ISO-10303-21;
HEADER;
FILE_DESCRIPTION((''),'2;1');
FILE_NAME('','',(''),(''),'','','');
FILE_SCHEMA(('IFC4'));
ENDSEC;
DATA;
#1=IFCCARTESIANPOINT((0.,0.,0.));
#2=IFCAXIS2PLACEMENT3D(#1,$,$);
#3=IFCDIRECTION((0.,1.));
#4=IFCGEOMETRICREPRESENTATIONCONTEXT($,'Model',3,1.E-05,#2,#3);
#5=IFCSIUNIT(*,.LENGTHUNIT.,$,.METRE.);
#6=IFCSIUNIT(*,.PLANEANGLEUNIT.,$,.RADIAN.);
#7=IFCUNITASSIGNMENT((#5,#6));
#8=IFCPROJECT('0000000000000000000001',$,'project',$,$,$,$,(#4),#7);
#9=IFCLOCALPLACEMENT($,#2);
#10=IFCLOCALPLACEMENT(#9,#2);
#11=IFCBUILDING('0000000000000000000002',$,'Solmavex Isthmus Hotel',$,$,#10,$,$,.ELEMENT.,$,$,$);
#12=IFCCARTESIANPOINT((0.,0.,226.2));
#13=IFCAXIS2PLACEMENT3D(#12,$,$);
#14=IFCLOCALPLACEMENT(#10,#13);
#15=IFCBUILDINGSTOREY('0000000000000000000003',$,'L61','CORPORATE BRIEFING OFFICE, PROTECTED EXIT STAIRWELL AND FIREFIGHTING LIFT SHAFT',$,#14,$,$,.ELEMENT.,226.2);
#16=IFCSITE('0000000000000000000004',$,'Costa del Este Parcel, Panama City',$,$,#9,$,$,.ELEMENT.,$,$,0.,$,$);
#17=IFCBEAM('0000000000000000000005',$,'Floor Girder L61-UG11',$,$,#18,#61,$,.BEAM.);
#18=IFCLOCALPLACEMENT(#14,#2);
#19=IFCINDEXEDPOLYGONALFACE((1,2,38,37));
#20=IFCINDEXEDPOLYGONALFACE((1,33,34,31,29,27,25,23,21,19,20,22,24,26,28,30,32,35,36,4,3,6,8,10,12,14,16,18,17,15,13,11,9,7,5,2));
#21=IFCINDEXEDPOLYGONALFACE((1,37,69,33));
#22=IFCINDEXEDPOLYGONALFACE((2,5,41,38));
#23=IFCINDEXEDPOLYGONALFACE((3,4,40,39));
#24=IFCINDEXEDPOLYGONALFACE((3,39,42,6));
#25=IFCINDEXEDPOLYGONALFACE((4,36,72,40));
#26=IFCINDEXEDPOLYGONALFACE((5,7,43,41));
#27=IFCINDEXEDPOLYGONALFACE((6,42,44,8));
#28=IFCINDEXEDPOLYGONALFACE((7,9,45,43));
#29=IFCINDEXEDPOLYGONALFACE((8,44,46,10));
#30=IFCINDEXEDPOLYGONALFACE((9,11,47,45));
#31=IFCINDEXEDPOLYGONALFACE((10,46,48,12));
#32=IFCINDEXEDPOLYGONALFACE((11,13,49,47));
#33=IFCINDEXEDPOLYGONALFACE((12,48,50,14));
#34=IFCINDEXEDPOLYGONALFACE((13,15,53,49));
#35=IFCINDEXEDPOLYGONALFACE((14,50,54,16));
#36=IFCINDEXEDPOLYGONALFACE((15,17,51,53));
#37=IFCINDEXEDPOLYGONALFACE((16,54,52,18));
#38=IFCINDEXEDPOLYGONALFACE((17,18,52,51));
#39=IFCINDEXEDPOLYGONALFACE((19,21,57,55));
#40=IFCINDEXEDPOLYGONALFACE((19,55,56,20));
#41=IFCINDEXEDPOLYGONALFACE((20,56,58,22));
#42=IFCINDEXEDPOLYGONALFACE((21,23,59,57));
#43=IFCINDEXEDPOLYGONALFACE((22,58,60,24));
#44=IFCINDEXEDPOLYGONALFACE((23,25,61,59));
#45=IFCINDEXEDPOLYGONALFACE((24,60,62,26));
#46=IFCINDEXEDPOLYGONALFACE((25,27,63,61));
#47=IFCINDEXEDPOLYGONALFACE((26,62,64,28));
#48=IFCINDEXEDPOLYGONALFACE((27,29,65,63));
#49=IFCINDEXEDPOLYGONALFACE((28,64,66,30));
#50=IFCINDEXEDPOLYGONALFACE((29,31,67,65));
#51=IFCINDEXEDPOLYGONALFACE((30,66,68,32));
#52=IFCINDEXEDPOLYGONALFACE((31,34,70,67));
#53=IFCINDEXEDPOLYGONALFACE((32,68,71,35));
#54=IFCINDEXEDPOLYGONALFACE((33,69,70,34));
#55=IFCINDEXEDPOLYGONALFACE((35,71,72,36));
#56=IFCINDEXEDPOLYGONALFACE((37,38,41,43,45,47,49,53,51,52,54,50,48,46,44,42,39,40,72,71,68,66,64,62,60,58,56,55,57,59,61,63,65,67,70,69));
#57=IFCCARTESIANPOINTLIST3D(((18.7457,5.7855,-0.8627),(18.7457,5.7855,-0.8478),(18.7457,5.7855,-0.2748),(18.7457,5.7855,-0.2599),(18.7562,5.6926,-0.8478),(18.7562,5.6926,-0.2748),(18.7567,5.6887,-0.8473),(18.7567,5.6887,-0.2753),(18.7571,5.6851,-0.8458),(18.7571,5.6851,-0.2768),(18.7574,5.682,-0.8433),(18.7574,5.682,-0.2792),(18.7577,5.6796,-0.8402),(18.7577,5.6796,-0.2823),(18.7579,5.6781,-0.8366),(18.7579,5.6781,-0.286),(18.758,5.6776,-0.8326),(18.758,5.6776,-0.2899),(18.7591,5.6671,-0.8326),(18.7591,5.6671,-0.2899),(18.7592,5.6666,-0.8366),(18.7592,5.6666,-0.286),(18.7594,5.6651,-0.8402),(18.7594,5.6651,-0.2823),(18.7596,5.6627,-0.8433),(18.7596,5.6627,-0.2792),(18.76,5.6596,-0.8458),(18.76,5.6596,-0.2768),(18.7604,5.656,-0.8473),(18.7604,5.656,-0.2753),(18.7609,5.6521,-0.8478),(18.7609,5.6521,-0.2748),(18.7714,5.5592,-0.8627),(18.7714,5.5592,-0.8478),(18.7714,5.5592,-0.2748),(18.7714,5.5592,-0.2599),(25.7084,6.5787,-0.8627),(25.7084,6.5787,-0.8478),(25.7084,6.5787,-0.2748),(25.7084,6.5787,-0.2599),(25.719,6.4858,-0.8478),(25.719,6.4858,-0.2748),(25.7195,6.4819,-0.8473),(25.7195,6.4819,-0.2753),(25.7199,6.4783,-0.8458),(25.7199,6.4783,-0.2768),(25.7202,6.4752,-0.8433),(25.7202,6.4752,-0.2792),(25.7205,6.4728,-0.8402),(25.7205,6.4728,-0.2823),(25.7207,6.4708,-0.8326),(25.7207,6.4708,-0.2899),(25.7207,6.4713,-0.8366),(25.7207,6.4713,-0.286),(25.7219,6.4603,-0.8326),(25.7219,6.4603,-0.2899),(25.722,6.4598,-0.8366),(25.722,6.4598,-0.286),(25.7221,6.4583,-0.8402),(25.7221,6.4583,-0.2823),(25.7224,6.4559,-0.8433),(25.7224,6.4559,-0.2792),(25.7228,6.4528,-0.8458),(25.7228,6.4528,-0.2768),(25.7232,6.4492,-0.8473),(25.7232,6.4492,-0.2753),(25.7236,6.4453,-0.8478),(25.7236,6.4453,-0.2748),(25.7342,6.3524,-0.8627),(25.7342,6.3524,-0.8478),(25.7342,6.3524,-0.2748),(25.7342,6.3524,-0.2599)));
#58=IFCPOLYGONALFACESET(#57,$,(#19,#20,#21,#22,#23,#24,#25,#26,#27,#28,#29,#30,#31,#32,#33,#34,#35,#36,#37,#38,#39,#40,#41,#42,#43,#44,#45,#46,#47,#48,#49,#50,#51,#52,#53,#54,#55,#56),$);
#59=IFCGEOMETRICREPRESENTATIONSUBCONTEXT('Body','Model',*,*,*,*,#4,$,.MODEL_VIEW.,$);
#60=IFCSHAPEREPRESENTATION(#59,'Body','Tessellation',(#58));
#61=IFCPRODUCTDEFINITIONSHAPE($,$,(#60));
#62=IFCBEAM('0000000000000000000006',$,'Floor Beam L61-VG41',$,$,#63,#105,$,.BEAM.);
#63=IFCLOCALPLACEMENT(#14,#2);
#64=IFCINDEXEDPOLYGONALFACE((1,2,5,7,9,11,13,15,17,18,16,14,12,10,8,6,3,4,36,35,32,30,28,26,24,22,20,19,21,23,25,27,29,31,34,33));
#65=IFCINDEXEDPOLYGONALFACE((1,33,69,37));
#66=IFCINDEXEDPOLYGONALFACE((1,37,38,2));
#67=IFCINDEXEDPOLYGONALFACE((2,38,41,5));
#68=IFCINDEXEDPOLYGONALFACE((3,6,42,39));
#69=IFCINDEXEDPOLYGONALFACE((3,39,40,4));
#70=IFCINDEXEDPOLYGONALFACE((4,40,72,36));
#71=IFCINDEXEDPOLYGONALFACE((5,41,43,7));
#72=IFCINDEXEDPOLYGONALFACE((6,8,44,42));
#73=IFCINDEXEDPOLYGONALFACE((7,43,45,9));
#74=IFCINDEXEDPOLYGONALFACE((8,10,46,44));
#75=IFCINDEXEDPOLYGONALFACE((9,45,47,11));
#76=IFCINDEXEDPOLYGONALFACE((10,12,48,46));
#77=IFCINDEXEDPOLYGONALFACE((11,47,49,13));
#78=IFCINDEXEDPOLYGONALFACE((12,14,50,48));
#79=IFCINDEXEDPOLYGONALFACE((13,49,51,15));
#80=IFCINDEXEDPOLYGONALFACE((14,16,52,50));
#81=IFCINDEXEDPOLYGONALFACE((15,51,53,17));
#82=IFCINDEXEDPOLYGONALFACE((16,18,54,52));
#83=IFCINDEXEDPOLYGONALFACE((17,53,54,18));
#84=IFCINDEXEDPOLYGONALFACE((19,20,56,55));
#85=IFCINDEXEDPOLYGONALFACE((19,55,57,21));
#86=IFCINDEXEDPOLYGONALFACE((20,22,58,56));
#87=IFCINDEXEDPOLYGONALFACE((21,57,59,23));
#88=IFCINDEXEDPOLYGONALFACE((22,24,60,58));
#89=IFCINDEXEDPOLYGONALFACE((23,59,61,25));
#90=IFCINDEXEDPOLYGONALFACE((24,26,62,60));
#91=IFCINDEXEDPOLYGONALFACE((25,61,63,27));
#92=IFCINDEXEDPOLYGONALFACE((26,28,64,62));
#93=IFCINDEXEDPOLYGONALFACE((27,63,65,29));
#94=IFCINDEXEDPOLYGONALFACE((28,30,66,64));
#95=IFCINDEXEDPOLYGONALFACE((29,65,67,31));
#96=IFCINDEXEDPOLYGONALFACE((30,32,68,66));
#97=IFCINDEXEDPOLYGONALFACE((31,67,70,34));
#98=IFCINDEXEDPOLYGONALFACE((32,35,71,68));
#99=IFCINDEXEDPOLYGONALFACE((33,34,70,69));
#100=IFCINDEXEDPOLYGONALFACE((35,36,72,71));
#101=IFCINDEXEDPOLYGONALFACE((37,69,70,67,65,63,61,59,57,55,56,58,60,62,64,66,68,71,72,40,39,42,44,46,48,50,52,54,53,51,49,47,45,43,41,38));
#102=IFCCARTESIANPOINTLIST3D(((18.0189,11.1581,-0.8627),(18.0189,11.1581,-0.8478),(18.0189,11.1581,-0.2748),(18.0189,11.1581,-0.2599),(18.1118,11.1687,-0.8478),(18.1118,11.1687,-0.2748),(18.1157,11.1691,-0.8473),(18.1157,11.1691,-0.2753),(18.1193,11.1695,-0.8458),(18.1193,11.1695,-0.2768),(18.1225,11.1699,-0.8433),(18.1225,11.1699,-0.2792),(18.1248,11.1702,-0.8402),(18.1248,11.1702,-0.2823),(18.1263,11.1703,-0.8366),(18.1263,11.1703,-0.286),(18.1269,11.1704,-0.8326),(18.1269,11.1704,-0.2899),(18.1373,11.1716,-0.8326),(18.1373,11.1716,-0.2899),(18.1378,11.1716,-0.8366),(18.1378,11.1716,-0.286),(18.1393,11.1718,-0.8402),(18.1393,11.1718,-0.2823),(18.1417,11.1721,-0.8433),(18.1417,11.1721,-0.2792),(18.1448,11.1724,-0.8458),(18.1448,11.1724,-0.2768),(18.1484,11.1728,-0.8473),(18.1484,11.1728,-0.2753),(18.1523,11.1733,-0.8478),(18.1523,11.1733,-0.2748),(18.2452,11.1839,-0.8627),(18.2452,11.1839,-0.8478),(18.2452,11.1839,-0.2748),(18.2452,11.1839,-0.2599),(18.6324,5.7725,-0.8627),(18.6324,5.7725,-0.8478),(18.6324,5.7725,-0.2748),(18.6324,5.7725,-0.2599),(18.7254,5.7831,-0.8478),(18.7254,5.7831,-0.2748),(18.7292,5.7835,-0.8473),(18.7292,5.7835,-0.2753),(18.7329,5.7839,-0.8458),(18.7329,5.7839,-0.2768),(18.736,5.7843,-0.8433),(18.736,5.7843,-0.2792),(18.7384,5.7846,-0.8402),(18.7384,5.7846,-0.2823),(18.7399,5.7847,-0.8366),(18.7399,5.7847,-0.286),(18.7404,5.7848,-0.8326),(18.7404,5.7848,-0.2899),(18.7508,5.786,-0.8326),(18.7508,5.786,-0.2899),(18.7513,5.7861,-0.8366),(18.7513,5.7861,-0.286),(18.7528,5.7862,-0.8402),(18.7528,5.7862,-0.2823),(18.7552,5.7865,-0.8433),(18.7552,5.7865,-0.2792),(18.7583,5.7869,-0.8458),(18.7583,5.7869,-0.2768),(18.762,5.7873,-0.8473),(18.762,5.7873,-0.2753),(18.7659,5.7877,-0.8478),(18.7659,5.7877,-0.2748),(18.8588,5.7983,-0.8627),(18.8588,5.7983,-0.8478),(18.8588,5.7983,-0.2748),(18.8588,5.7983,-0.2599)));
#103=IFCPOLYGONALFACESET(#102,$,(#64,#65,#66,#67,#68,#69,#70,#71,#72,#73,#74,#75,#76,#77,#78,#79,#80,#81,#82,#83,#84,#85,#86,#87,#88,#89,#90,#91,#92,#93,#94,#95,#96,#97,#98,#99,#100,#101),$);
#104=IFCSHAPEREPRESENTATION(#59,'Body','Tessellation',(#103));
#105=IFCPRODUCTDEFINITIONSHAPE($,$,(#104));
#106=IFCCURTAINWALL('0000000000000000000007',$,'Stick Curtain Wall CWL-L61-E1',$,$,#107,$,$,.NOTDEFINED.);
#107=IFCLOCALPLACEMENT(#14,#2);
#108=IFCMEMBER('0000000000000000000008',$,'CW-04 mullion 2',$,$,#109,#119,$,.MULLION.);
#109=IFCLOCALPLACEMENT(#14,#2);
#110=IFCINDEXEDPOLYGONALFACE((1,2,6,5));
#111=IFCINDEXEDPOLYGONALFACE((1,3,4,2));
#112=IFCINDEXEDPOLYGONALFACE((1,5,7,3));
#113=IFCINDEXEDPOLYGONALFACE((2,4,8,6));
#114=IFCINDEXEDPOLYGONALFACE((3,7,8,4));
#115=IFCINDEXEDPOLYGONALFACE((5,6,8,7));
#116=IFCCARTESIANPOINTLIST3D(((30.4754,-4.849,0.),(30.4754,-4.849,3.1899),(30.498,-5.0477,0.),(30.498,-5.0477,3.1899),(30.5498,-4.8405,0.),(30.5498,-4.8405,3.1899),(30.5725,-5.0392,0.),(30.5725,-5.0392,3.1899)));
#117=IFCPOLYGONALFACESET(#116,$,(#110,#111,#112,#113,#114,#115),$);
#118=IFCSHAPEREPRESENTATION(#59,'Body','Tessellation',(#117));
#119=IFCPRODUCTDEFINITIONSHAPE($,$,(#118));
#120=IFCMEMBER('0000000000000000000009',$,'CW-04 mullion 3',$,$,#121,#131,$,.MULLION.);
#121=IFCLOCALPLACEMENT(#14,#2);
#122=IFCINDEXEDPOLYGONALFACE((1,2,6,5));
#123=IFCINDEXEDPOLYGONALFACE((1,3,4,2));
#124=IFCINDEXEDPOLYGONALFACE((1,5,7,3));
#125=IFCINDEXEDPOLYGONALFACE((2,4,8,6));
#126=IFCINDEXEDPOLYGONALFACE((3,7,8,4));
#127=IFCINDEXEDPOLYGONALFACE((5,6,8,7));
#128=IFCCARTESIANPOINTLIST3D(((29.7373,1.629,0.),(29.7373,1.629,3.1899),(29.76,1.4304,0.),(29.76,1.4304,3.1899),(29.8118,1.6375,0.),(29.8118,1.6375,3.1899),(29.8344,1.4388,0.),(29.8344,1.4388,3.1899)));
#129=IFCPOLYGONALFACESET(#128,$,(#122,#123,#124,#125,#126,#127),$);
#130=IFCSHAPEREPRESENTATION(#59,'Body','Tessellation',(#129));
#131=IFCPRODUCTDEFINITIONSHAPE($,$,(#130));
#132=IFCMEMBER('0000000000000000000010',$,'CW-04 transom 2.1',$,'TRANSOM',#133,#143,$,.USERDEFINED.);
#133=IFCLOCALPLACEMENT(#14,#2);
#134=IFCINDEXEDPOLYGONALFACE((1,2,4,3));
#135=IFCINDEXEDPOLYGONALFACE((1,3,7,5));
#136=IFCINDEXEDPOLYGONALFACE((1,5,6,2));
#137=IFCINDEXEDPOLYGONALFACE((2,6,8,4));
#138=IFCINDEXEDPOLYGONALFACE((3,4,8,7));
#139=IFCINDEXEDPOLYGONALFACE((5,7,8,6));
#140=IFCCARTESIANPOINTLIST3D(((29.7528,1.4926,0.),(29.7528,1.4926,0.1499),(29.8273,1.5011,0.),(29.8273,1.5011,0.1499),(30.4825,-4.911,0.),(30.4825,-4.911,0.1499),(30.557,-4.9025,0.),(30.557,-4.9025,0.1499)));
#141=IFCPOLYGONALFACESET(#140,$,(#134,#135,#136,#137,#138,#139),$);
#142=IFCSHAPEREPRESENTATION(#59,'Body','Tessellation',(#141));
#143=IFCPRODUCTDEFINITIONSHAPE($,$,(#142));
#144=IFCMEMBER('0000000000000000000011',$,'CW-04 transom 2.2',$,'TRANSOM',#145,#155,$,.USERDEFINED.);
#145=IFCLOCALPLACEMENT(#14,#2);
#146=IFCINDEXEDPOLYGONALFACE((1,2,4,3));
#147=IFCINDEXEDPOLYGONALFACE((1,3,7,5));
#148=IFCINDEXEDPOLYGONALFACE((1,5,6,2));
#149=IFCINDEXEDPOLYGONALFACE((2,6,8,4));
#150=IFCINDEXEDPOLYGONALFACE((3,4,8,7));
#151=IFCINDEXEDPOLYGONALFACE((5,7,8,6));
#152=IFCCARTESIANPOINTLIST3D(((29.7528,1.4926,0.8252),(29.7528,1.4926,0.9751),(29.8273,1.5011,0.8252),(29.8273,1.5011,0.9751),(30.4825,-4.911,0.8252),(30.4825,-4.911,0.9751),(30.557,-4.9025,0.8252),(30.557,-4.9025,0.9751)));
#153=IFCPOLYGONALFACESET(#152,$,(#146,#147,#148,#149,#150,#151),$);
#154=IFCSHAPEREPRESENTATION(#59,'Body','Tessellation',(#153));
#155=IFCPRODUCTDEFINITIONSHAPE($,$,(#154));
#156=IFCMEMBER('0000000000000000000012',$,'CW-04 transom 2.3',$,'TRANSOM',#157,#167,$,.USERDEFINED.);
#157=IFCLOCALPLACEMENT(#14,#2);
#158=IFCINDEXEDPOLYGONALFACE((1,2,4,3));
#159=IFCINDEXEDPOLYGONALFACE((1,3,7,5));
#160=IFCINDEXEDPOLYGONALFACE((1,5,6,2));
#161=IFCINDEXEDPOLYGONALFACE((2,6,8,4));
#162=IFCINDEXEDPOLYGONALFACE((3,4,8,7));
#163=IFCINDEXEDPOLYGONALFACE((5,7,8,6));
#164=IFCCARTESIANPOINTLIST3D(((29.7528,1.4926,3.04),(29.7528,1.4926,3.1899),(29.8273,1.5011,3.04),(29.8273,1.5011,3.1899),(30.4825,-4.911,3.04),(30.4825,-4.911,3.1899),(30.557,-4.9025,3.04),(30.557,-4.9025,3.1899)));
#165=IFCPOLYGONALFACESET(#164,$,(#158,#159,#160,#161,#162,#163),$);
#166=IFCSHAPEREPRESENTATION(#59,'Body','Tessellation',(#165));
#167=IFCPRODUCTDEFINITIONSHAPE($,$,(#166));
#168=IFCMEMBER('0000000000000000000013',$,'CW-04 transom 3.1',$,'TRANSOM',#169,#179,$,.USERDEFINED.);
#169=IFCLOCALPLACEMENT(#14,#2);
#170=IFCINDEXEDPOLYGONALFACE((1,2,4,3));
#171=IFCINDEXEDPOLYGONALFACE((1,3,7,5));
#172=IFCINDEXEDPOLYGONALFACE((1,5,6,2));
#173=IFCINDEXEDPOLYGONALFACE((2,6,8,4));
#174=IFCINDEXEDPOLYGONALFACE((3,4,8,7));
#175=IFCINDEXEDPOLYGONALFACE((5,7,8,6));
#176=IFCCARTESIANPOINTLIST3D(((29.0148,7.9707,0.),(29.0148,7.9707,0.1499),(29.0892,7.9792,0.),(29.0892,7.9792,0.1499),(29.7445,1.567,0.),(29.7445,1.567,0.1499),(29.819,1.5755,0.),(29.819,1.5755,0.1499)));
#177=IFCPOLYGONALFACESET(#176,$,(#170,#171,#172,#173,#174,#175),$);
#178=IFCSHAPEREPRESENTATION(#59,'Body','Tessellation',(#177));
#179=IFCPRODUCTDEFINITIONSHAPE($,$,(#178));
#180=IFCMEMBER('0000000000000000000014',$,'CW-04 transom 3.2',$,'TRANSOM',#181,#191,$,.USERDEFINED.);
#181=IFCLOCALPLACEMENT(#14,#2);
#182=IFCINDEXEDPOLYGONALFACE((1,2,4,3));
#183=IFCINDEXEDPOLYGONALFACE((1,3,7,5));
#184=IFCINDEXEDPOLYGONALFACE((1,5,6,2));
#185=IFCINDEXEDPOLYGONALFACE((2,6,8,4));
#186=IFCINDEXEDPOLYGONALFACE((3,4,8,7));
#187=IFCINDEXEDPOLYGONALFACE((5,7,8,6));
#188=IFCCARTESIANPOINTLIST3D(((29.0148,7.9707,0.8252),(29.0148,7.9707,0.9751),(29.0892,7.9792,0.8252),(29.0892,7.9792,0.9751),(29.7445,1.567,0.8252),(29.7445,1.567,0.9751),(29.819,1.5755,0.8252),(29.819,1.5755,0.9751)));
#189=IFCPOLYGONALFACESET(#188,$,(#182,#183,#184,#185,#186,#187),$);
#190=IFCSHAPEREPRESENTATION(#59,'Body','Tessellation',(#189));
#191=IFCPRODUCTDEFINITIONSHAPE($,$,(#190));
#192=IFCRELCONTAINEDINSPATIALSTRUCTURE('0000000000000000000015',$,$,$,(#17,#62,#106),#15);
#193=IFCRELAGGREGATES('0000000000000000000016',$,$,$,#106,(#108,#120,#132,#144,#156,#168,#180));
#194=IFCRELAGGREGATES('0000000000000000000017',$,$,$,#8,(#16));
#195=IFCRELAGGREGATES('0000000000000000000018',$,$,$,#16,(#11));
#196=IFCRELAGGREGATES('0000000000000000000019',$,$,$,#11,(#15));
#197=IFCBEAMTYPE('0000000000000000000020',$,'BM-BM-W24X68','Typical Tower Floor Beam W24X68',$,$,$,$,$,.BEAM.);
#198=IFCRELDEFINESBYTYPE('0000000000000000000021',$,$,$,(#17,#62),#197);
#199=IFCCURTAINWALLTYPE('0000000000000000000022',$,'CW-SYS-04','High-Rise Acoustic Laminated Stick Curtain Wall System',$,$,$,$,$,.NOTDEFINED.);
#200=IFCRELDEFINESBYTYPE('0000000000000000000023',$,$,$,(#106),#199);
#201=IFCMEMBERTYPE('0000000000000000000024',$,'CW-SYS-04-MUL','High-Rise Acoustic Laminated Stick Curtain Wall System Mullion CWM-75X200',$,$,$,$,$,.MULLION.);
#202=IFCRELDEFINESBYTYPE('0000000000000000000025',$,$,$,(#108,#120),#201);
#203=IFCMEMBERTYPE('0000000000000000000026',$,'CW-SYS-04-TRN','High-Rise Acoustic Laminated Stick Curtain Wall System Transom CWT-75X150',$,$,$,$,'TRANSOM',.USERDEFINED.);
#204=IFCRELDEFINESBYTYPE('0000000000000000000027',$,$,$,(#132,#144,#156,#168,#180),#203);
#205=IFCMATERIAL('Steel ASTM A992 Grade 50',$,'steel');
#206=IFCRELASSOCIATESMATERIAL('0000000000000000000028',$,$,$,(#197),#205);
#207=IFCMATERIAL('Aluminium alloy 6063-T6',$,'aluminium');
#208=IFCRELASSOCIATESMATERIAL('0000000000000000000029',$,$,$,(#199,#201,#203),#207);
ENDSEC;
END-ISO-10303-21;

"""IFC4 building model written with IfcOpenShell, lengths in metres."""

from ifc_helpers import new_model, si_unit, direction, frame, origin, origin_2d, place, context, subcontext, project, spatial, rectangle, i_section, extrude, material, material_profile, profile_set, type_object, element, aggregate, save


model = new_model("IFC4")

# Units and contexts
model_context = context("Model", 3, precision=1e-05, world=origin(), true_north=direction((0.0, 1.0)))
body_context = subcontext(model_context, "Body", "Model", "MODEL_VIEW")
ifc_project = project(units=[si_unit("LENGTHUNIT", "METRE"), si_unit("PLANEANGLEUNIT", "RADIAN")], contexts=[model_context])

# Site, building, storey
site_placement = place(None, origin())
site = spatial("IfcSite", under=ifc_project, at=site_placement, Name="Costa del Este Parcel, Panama City", CompositionType="ELEMENT", RefElevation=0.0)
building_placement = place(site_placement, origin())
building = spatial("IfcBuilding", under=site, at=building_placement, Name="Solmavex Isthmus Hotel", CompositionType="ELEMENT")
storey_placement = place(building_placement, frame((0.0, 0.0, 226.2)))
storey = spatial("IfcBuildingStorey", under=building, at=storey_placement, Name="L61", Description="CORPORATE BRIEFING OFFICE, PROTECTED EXIT STAIRWELL AND FIREFIGHTING LIFT SHAFT", CompositionType="ELEMENT", Elevation=226.2)

# Beams
ifc_material_1 = material(Name="Steel ASTM A992 Grade 50", Category="steel")
ifc_material_profile_1 = material_profile(ifc_material_1, i_section(OverallWidth=0.2278, OverallDepth=0.6028, WebThickness=0.0105, FlangeThickness=0.0149, FilletRadius=0.0151, at=origin_2d()), Name="W24X68")
ifc_profile_set_1 = profile_set([ifc_material_profile_1], Name="Steel ASTM A992 Grade 50")
beam_type_1 = type_object("IfcBeamType", Name="BM-BM-W24X68", Description="Typical Tower Floor Beam W24X68", PredefinedType="BEAM", material=ifc_profile_set_1)
beam_1_placement = place(storey_placement, frame((18.7585, 5.6724, -0.5613), z_axis=(0.993574, 0.113188, 0.0), x_axis=(-0.113188, 0.993574, 0.0)))
element("IfcBeam", 1, at=beam_1_placement, inside=storey, type_object=beam_type_1, Name="Floor Girder L61-UG11", PredefinedType="BEAM", context=body_context, shape_type="SweptSolid", body=[
    extrude(i_section(OverallWidth=0.2278, OverallDepth=0.6028, WebThickness=0.0105, FlangeThickness=0.0149, FilletRadius=0.0151, at=origin_2d()), origin(), (0.0, 0.0, 1.0), 7.0078),
])
beam_2_placement = place(storey_placement, frame((18.7456, 5.7854, -0.5613), z_axis=(-0.11319, 0.993573, 0.0), x_axis=(-0.993573, -0.11319, 0.0)))
element("IfcBeam", 2, at=beam_2_placement, inside=storey, type_object=beam_type_1, Name="Floor Beam L61-VG41", PredefinedType="BEAM", context=body_context, shape_type="SweptSolid", body=[
    extrude(i_section(OverallWidth=0.2278, OverallDepth=0.6028, WebThickness=0.0105, FlangeThickness=0.0149, FilletRadius=0.0151, at=origin_2d()), origin(), (0.0, 0.0, 1.0), 5.4204),
])

# Curtain wall, members
ifc_material_2 = material(Name="Aluminium alloy 6063-T6", Category="aluminium")
curtain_wall_type = type_object("IfcCurtainWallType", Name="CW-SYS-04", Description="High-Rise Acoustic Laminated Stick Curtain Wall System", PredefinedType="NOTDEFINED", material=ifc_material_2)
curtain_wall_placement = place(storey_placement, origin())
curtain_wall = element("IfcCurtainWall", 3, at=curtain_wall_placement, inside=storey, type_object=curtain_wall_type, Name="Stick Curtain Wall CWL-L61-E1", PredefinedType="NOTDEFINED")
ifc_material_profile_2 = material_profile(ifc_material_2, rectangle(XDim=0.075, YDim=0.2, at=origin_2d()), Name="CWM-75X200")
ifc_profile_set_2 = profile_set([ifc_material_profile_2], Name="Aluminium alloy 6063-T6")
member_type_1 = type_object("IfcMemberType", Name="CW-SYS-04-MUL", Description="High-Rise Acoustic Laminated Stick Curtain Wall System Mullion CWM-75X200", PredefinedType="MULLION", material=ifc_profile_set_2)
member_1_placement = place(storey_placement, frame((30.5239, -4.9441, 0.0), z_axis=(0.0, 0.0, 1.0), x_axis=(-0.993572, -0.113203, 0.0)))
member_1 = element("IfcMember", 4, at=member_1_placement, type_object=member_type_1, Name="CW-04 mullion 2", PredefinedType="MULLION", context=body_context, shape_type="SweptSolid", body=[
    extrude(rectangle(XDim=0.075, YDim=0.2, at=origin_2d()), origin(), (0.0, 0.0, 1.0), 3.1899),
])
member_2_placement = place(storey_placement, frame((29.7859, 1.5339, 0.0), z_axis=(0.0, 0.0, 1.0), x_axis=(-0.993572, -0.113203, 0.0)))
member_2 = element("IfcMember", 5, at=member_2_placement, type_object=member_type_1, Name="CW-04 mullion 3", PredefinedType="MULLION", context=body_context, shape_type="SweptSolid", body=[
    extrude(rectangle(XDim=0.075, YDim=0.2, at=origin_2d()), origin(), (0.0, 0.0, 1.0), 3.1899),
])
ifc_material_profile_3 = material_profile(ifc_material_2, rectangle(XDim=0.075, YDim=0.1499, at=origin_2d()), Name="CWT-75X150")
ifc_profile_set_3 = profile_set([ifc_material_profile_3], Name="Aluminium alloy 6063-T6")
member_type_2 = type_object("IfcMemberType", Name="CW-SYS-04-TRN", Description="High-Rise Acoustic Laminated Stick Curtain Wall System Transom CWT-75X150", ElementType="TRANSOM", PredefinedType="USERDEFINED", material=ifc_profile_set_3)
member_3_placement = place(storey_placement, frame((30.5198, -4.9067, 0.075), z_axis=(-0.113225, 0.993569, 0.0), x_axis=(-0.993569, -0.113225, 0.0)))
member_3 = element("IfcMember", 6, at=member_3_placement, type_object=member_type_2, Name="CW-04 transom 2.1", ObjectType="TRANSOM", PredefinedType="USERDEFINED", context=body_context, shape_type="SweptSolid", body=[
    extrude(rectangle(XDim=0.075, YDim=0.1499, at=origin_2d()), origin(), (0.0, 0.0, 1.0), 6.4451),
])
member_4_placement = place(storey_placement, frame((30.5198, -4.9067, 0.9001), z_axis=(-0.113225, 0.993569, 0.0), x_axis=(-0.993569, -0.113225, 0.0)))
member_4 = element("IfcMember", 7, at=member_4_placement, type_object=member_type_2, Name="CW-04 transom 2.2", ObjectType="TRANSOM", PredefinedType="USERDEFINED", context=body_context, shape_type="SweptSolid", body=[
    extrude(rectangle(XDim=0.075, YDim=0.1499, at=origin_2d()), origin(), (0.0, 0.0, 1.0), 6.4451),
])
member_5_placement = place(storey_placement, frame((30.5198, -4.9067, 3.115), z_axis=(-0.113225, 0.993569, 0.0), x_axis=(-0.993569, -0.113225, 0.0)))
member_5 = element("IfcMember", 8, at=member_5_placement, type_object=member_type_2, Name="CW-04 transom 2.3", ObjectType="TRANSOM", PredefinedType="USERDEFINED", context=body_context, shape_type="SweptSolid", body=[
    extrude(rectangle(XDim=0.075, YDim=0.1499, at=origin_2d()), origin(), (0.0, 0.0, 1.0), 6.4451),
])
member_6_placement = place(storey_placement, frame((29.7817, 1.5713, 0.075), z_axis=(-0.113225, 0.993569, 0.0), x_axis=(-0.993569, -0.113225, 0.0)))
member_6 = element("IfcMember", 9, at=member_6_placement, type_object=member_type_2, Name="CW-04 transom 3.1", ObjectType="TRANSOM", PredefinedType="USERDEFINED", context=body_context, shape_type="SweptSolid", body=[
    extrude(rectangle(XDim=0.075, YDim=0.1499, at=origin_2d()), origin(), (0.0, 0.0, 1.0), 6.4451),
])
member_7_placement = place(storey_placement, frame((29.7817, 1.5713, 0.9001), z_axis=(-0.113225, 0.993569, 0.0), x_axis=(-0.993569, -0.113225, 0.0)))
member_7 = element("IfcMember", 10, at=member_7_placement, type_object=member_type_2, Name="CW-04 transom 3.2", ObjectType="TRANSOM", PredefinedType="USERDEFINED", context=body_context, shape_type="SweptSolid", body=[
    extrude(rectangle(XDim=0.075, YDim=0.1499, at=origin_2d()), origin(), (0.0, 0.0, 1.0), 6.4451),
])
aggregate(curtain_wall, [member_1, member_2, member_3, member_4, member_5, member_6, member_7])

save(model, "model.ifc")
